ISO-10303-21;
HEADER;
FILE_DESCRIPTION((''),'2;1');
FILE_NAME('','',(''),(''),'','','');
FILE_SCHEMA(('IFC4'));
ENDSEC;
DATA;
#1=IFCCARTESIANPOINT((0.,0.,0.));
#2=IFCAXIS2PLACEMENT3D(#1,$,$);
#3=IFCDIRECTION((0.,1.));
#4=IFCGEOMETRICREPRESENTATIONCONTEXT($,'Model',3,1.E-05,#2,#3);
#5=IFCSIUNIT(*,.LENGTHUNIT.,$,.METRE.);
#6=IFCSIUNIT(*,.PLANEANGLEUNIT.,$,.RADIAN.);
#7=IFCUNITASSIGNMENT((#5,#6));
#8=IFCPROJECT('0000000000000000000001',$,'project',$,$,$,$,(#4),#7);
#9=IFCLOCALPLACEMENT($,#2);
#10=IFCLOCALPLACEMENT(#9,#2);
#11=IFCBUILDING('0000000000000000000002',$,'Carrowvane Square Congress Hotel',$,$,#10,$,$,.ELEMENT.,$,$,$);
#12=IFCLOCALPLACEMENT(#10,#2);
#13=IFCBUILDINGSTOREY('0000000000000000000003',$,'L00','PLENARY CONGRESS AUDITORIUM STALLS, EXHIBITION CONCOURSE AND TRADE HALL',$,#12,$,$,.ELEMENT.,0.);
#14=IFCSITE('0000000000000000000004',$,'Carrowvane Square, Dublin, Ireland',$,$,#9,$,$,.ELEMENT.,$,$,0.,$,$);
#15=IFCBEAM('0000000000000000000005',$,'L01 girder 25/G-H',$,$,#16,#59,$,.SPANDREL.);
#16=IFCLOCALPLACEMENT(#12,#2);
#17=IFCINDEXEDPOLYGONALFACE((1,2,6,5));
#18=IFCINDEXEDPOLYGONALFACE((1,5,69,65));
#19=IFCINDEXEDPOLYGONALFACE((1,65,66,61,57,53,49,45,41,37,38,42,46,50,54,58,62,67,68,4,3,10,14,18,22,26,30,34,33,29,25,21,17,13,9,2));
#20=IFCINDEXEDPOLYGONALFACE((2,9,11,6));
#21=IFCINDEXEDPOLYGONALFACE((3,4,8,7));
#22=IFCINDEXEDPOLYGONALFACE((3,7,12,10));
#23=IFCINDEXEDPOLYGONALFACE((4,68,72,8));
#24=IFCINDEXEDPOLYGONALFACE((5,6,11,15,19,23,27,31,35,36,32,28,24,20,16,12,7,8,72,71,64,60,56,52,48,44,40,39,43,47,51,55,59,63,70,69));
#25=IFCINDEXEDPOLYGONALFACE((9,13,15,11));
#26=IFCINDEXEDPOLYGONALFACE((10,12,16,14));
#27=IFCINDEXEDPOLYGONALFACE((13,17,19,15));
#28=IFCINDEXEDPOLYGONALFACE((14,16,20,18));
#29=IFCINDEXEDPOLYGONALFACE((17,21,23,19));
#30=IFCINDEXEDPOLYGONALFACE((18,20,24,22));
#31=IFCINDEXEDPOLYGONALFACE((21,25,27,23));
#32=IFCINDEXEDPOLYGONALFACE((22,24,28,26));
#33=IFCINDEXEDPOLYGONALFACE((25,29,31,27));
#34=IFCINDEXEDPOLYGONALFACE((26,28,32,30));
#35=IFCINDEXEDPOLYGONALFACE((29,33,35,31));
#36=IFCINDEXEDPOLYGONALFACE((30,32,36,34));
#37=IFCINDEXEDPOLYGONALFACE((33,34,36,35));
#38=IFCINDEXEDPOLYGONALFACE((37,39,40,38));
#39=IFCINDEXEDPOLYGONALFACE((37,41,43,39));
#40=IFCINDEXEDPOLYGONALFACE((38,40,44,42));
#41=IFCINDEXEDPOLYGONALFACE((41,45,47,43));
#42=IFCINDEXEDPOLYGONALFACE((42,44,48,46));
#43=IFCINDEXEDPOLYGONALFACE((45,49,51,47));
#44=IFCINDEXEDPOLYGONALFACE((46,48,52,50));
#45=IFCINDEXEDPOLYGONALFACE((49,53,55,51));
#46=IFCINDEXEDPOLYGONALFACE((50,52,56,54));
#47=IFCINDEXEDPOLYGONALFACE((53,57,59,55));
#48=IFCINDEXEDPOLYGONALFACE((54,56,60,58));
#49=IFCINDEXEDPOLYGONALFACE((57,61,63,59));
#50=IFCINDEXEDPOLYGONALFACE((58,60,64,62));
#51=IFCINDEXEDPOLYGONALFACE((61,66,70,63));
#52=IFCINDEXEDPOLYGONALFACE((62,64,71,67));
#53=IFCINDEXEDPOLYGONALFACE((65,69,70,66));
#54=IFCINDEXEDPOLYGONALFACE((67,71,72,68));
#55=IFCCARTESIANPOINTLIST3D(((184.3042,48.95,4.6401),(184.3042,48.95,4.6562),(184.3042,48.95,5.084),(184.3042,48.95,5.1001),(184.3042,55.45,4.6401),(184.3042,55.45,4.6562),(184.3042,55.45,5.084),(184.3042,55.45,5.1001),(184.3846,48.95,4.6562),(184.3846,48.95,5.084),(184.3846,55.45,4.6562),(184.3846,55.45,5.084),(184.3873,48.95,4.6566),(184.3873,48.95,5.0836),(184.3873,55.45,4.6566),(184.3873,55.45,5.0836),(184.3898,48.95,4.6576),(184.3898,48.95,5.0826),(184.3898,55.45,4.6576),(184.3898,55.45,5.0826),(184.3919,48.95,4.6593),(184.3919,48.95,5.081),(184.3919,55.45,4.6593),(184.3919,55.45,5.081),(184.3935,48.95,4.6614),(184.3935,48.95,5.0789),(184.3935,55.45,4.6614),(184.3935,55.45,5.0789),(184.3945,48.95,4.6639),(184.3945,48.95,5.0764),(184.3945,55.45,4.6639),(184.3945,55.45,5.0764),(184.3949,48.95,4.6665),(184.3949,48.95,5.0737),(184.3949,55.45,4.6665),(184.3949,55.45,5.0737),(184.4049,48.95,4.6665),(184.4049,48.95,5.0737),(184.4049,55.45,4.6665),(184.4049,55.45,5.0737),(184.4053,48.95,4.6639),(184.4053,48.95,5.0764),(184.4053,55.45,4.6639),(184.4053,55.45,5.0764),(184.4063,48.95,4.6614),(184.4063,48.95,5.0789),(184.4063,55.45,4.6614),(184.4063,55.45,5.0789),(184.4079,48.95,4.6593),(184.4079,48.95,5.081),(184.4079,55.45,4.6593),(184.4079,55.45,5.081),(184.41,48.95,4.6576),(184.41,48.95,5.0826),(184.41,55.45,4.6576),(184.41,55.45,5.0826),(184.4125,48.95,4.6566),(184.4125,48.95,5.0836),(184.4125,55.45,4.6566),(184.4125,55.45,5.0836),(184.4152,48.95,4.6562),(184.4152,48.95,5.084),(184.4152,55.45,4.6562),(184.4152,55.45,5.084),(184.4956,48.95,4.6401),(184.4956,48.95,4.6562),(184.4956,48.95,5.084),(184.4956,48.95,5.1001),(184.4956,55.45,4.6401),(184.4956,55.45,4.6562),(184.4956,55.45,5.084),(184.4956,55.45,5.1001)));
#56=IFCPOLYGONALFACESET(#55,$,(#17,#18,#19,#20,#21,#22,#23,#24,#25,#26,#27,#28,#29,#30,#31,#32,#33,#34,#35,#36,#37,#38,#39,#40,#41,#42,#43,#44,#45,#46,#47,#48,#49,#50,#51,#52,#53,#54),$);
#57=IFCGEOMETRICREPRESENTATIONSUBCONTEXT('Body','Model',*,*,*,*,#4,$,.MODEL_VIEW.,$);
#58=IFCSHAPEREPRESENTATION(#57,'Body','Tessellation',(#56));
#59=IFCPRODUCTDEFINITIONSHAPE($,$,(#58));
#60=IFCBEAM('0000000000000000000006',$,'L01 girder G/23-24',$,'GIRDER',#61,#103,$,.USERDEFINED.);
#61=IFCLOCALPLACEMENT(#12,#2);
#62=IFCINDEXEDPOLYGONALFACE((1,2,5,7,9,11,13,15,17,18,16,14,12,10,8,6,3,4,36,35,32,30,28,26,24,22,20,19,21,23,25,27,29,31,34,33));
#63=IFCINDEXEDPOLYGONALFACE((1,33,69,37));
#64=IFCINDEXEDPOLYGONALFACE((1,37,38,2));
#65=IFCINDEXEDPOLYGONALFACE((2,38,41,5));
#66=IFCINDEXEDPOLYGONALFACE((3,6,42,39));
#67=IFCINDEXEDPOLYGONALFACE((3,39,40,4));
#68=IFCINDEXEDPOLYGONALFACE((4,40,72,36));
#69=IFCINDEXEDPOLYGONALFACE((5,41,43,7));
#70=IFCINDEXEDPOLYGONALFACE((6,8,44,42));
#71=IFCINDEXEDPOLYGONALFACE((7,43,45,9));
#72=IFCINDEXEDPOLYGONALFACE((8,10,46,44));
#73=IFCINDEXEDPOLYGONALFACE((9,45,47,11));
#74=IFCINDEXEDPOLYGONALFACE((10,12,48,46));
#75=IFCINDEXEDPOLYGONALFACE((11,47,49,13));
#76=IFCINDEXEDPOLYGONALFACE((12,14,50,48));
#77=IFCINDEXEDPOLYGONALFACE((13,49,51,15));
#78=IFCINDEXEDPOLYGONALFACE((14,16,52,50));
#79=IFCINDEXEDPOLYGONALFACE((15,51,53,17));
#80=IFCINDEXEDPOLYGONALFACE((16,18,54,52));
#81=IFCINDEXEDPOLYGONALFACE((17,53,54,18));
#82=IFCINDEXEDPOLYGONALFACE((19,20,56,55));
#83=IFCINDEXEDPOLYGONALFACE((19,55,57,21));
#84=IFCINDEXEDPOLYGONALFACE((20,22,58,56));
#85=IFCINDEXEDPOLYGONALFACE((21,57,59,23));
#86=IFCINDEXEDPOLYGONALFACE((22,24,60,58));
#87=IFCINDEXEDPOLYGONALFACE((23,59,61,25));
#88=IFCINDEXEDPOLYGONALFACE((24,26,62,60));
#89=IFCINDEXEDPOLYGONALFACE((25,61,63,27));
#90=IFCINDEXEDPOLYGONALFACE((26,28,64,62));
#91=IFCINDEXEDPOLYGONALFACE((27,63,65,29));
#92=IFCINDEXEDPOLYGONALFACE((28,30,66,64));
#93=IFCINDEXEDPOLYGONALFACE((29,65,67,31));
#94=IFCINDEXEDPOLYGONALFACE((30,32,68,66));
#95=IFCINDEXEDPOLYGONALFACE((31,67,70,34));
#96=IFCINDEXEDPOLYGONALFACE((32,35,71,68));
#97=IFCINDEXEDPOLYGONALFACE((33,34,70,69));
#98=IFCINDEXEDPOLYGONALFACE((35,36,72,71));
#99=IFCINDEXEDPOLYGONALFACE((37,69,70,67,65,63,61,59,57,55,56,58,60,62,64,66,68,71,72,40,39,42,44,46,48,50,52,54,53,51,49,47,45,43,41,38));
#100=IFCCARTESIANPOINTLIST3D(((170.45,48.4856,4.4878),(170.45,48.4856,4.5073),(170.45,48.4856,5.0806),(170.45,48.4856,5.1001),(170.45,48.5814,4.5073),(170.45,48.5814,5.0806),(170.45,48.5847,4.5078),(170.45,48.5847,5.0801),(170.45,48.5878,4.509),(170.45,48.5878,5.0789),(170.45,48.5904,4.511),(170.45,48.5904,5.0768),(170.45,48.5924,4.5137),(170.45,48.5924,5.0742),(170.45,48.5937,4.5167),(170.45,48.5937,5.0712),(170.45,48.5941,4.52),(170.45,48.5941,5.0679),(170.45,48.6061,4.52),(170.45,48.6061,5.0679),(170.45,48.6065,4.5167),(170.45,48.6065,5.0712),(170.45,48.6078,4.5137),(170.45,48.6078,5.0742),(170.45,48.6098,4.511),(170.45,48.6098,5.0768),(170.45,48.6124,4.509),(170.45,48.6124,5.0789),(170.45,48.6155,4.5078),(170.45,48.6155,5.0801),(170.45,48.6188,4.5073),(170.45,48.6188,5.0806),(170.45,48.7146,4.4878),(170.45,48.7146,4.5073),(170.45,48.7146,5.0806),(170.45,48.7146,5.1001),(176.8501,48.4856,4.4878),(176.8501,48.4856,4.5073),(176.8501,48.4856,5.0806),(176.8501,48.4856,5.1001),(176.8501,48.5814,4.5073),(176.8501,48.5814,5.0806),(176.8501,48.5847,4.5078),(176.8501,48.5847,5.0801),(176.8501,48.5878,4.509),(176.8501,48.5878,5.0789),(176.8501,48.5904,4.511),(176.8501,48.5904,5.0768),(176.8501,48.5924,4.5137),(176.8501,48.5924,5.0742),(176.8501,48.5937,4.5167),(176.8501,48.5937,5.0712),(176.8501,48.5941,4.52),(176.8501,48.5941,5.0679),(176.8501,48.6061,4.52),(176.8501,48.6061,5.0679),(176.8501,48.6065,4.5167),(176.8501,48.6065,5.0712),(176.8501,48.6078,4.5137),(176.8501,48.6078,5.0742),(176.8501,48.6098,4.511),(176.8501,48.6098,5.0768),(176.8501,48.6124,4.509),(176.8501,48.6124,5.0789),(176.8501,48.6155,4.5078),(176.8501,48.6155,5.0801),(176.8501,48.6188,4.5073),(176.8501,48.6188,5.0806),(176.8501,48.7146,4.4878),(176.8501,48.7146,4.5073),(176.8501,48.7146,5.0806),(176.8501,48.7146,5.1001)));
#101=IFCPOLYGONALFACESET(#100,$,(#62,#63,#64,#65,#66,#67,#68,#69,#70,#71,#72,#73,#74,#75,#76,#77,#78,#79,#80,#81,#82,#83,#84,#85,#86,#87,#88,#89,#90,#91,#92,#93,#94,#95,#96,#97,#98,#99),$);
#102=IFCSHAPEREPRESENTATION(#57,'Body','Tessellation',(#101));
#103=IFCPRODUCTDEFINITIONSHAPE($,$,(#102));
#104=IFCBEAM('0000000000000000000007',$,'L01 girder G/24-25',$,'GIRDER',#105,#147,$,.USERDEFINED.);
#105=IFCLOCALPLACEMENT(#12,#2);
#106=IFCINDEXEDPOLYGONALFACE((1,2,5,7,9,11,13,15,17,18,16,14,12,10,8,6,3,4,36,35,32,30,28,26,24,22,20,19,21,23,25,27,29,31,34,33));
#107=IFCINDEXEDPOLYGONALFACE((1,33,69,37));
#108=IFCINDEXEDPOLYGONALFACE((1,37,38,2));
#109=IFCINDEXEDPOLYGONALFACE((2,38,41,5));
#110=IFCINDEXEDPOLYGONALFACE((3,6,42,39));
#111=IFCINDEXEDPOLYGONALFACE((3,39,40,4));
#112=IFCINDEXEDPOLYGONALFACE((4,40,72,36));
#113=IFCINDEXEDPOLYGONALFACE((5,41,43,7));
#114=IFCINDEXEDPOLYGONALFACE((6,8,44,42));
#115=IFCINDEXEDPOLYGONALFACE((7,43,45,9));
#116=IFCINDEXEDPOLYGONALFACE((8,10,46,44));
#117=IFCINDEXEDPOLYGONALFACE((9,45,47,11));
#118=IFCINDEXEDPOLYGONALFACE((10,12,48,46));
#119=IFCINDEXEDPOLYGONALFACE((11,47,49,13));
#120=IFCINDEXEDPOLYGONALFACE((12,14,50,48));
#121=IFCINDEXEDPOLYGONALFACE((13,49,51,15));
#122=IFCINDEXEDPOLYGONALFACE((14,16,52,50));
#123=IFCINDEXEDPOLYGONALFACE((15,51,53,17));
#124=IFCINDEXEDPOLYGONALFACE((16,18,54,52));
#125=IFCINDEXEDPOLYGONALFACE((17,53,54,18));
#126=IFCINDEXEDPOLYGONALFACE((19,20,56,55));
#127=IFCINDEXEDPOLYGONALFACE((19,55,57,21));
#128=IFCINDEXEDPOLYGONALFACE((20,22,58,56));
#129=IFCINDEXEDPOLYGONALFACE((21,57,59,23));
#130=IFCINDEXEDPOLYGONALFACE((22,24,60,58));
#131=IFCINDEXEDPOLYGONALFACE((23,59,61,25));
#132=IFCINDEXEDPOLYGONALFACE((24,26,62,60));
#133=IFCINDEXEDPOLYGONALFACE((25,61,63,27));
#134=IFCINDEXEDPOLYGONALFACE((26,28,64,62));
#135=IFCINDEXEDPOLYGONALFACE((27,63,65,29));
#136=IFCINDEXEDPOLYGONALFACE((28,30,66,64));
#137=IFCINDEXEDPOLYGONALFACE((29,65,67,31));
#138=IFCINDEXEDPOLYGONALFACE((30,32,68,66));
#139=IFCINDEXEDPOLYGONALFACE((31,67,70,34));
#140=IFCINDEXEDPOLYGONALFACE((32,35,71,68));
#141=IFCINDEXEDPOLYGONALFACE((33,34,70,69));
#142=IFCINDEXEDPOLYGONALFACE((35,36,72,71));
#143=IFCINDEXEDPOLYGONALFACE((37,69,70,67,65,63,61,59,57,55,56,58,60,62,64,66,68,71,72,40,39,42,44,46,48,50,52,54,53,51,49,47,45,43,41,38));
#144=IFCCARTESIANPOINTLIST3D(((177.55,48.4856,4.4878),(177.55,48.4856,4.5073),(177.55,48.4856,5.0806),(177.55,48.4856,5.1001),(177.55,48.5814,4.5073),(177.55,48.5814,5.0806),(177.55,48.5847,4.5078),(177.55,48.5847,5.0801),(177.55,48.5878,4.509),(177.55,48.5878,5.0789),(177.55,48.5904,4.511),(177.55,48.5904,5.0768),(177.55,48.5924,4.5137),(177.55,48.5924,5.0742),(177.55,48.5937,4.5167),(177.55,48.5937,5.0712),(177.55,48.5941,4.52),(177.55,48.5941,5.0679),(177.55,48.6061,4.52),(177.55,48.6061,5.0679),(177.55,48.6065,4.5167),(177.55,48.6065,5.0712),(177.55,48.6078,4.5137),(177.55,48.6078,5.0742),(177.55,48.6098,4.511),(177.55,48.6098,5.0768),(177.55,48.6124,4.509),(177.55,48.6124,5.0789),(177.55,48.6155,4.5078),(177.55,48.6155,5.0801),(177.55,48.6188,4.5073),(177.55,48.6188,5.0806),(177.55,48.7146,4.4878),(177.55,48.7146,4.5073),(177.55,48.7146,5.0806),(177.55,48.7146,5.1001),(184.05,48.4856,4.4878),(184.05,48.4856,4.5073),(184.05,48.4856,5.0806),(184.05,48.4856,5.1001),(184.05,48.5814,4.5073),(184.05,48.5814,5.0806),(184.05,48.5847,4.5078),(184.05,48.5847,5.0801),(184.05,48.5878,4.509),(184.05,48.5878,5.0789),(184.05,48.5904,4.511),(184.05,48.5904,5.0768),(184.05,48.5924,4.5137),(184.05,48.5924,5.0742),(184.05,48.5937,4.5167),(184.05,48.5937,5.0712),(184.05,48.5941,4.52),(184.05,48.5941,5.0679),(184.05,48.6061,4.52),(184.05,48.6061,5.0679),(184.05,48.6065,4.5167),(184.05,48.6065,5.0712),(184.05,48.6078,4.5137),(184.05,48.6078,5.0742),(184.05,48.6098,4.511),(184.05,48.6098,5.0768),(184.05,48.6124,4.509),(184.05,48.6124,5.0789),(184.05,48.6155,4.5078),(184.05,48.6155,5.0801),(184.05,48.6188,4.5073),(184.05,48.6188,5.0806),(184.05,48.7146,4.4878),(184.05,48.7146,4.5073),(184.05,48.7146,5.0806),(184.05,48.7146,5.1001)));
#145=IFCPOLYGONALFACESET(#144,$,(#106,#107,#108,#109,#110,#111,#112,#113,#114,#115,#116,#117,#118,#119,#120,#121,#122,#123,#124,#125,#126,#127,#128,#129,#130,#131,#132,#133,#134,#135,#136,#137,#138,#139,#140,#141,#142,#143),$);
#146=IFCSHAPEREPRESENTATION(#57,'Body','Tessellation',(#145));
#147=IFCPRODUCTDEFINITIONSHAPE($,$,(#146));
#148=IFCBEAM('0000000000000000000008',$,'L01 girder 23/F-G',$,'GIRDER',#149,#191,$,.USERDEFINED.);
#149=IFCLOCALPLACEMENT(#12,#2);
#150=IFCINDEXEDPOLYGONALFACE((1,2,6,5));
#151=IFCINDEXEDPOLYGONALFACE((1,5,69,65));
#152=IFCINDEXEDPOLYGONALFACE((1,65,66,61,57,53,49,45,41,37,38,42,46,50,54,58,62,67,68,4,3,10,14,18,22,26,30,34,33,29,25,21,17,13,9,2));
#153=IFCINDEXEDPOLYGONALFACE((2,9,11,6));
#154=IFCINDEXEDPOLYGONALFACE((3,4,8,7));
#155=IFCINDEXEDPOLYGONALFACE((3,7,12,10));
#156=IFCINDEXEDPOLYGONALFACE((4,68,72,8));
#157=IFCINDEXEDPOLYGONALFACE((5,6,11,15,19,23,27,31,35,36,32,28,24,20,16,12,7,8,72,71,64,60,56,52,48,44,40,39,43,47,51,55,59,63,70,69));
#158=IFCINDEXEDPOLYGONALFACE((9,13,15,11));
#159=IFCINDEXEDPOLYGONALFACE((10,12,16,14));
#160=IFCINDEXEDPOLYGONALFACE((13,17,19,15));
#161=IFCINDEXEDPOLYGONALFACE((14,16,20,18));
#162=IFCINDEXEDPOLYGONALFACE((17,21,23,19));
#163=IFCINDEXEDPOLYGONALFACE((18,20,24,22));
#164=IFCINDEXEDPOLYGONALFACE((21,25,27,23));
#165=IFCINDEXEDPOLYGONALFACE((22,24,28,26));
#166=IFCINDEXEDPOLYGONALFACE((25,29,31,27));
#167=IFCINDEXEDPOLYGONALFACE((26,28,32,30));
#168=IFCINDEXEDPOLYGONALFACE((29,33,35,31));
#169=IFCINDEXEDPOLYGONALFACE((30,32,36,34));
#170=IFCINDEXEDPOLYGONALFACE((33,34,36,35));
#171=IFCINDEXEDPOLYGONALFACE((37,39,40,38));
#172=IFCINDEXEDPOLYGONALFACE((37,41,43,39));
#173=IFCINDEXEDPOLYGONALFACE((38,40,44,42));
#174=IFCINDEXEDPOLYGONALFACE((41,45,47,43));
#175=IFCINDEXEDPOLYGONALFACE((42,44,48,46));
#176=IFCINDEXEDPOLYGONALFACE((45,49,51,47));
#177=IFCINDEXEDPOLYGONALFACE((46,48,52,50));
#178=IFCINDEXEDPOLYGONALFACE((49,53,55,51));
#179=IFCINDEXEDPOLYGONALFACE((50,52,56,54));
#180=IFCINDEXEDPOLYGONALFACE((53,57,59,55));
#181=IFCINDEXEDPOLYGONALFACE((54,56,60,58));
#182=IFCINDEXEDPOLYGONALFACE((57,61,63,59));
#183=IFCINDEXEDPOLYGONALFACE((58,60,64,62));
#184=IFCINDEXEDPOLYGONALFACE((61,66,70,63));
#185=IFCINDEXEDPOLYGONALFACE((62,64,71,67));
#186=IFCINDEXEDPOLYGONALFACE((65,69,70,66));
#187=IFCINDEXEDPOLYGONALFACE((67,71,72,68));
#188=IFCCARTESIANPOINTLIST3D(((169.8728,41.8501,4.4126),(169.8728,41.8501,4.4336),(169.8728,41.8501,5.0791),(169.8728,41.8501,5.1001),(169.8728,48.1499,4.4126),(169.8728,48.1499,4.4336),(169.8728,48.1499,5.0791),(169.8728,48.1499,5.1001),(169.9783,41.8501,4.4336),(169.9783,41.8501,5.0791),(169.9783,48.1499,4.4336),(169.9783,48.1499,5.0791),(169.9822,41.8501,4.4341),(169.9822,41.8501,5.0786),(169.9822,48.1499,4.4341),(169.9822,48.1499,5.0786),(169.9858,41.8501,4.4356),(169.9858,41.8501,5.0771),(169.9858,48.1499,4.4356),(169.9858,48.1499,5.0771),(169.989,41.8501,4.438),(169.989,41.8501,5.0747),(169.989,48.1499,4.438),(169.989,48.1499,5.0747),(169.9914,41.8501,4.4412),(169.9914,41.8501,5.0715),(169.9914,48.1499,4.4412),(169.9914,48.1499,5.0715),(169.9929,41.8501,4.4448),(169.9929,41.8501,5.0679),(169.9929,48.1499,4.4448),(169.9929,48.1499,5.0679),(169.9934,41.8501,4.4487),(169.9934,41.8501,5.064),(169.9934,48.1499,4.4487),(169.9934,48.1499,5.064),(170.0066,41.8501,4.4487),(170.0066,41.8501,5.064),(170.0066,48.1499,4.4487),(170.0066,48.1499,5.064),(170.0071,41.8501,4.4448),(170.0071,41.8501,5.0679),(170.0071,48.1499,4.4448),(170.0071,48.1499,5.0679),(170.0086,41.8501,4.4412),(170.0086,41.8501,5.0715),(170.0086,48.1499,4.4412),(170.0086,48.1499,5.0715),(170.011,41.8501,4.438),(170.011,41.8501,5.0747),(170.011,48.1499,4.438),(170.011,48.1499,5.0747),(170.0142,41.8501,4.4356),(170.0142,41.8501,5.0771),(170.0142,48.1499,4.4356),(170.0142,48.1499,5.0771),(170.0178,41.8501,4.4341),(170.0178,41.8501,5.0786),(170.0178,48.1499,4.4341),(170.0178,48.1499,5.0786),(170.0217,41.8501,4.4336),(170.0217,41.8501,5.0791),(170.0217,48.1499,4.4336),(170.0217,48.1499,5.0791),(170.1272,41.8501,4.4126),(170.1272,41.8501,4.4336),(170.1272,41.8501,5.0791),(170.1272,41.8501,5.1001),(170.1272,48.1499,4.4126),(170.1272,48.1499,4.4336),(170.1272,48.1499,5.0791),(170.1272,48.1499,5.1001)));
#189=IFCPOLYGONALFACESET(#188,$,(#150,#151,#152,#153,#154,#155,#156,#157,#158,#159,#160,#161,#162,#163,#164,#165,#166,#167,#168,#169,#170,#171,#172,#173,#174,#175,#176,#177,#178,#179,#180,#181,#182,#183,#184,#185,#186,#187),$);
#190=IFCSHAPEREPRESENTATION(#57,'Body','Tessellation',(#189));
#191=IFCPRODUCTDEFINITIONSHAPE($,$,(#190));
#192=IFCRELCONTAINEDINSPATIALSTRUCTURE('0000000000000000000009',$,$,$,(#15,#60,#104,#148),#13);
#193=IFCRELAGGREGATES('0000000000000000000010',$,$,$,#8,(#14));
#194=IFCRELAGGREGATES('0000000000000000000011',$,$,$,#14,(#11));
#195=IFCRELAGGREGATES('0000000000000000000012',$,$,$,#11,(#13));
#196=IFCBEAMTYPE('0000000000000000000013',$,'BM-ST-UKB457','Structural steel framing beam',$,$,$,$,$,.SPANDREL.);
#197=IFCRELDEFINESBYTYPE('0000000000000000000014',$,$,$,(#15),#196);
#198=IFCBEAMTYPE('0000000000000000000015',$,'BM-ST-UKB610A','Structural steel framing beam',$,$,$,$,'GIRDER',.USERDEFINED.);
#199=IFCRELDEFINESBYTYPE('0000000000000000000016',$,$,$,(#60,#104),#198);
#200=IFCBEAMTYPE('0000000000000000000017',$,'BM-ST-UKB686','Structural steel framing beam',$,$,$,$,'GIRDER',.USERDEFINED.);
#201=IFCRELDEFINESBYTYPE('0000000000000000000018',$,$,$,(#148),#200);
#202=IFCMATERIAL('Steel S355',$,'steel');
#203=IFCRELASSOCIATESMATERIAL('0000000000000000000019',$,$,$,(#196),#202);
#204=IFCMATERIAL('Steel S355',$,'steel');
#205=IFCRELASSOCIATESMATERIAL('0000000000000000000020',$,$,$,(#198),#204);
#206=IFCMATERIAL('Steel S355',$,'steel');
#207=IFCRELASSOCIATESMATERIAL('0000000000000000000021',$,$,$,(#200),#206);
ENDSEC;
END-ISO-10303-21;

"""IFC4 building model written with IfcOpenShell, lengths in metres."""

from ifc_helpers import new_model, si_unit, direction, frame, origin, origin_2d, place, context, subcontext, project, spatial, i_section, extrude, material, material_profile, profile_set, type_object, element, save


model = new_model("IFC4")

# Units and contexts
model_context = context("Model", 3, precision=1e-05, world=origin(), true_north=direction((0.0, 1.0)))
body_context = subcontext(model_context, "Body", "Model", "MODEL_VIEW")
ifc_project = project(units=[si_unit("LENGTHUNIT", "METRE"), si_unit("PLANEANGLEUNIT", "RADIAN")], contexts=[model_context])

# Site, building, storey
site_placement = place(None, origin())
site = spatial("IfcSite", under=ifc_project, at=site_placement, Name="Carrowvane Square, Dublin, Ireland", CompositionType="ELEMENT", RefElevation=0.0)
building_placement = place(site_placement, origin())
building = spatial("IfcBuilding", under=site, at=building_placement, Name="Carrowvane Square Congress Hotel", CompositionType="ELEMENT")
storey_placement = place(building_placement, origin())
storey = spatial("IfcBuildingStorey", under=building, at=storey_placement, Name="L00", Description="PLENARY CONGRESS AUDITORIUM STALLS, EXHIBITION CONCOURSE AND TRADE HALL", CompositionType="ELEMENT", Elevation=0.0)

# Beams
ifc_material_1 = material(Name="Steel S355", Category="steel")
ifc_material_profile_1 = material_profile(ifc_material_1, i_section(OverallWidth=0.1914, OverallDepth=0.46, WebThickness=0.01, FlangeThickness=0.0161, FilletRadius=0.0103, at=origin_2d()), Name="UKB 457x191x82")
ifc_profile_set_1 = profile_set([ifc_material_profile_1], Name="Steel S355")
beam_type_1 = type_object("IfcBeamType", Name="BM-ST-UKB457", Description="Structural steel framing beam", PredefinedType="SPANDREL", material=ifc_profile_set_1)
for number, where, z_axis, x_axis, name in (
    (1, (184.3999, 48.95, 4.8701), (0.0, 1.0, 0.0), (-1.0, 0.0, 0.0), "L01 girder 25/G-H"),
):
    element("IfcBeam", number, at=place(storey_placement, frame(where, z_axis=z_axis, x_axis=x_axis)), inside=storey, type_object=beam_type_1, Name=name, PredefinedType="SPANDREL", context=body_context, shape_type="SweptSolid", body=[
        extrude(i_section(OverallWidth=0.1914, OverallDepth=0.46, WebThickness=0.01, FlangeThickness=0.0161, FilletRadius=0.0103, at=origin_2d()), origin(), (0.0, 0.0, 1.0), 6.5),
    ])
ifc_material_2 = material(Name="Steel S355", Category="steel")
ifc_material_profile_2 = material_profile(ifc_material_2, i_section(OverallWidth=0.229, OverallDepth=0.6123, WebThickness=0.012, FlangeThickness=0.0195, FilletRadius=0.0127, at=origin_2d()), Name="UKB 610x229x125")
ifc_profile_set_2 = profile_set([ifc_material_profile_2], Name="Steel S355")
beam_type_2 = type_object("IfcBeamType", Name="BM-ST-UKB610A", Description="Structural steel framing beam", ElementType="GIRDER", PredefinedType="USERDEFINED", material=ifc_profile_set_2)
beam_1_placement = place(storey_placement, frame((170.45, 48.6001, 4.7939), z_axis=(1.0, 0.0, 0.0), x_axis=(0.0, 1.0, 0.0)))
element("IfcBeam", 2, at=beam_1_placement, inside=storey, type_object=beam_type_2, Name="L01 girder G/23-24", ObjectType="GIRDER", PredefinedType="USERDEFINED", context=body_context, shape_type="SweptSolid", body=[
    extrude(i_section(OverallWidth=0.229, OverallDepth=0.6123, WebThickness=0.012, FlangeThickness=0.0195, FilletRadius=0.0127, at=origin_2d()), origin(), (0.0, 0.0, 1.0), 6.4001),
])
beam_2_placement = place(storey_placement, frame((177.55, 48.6001, 4.7939), z_axis=(1.0, 0.0, 0.0), x_axis=(0.0, 1.0, 0.0)))
element("IfcBeam", 3, at=beam_2_placement, inside=storey, type_object=beam_type_2, Name="L01 girder G/24-25", ObjectType="GIRDER", PredefinedType="USERDEFINED", context=body_context, shape_type="SweptSolid", body=[
    extrude(i_section(OverallWidth=0.229, OverallDepth=0.6123, WebThickness=0.012, FlangeThickness=0.0195, FilletRadius=0.0127, at=origin_2d()), origin(), (0.0, 0.0, 1.0), 6.5),
])
ifc_material_3 = material(Name="Steel S355", Category="steel")
ifc_material_profile_3 = material_profile(ifc_material_3, i_section(OverallWidth=0.2544, OverallDepth=0.6875, WebThickness=0.0132, FlangeThickness=0.021, FilletRadius=0.0151, at=origin_2d()), Name="UKB 686x254x152")
ifc_profile_set_3 = profile_set([ifc_material_profile_3], Name="Steel S355")
beam_type_3 = type_object("IfcBeamType", Name="BM-ST-UKB686", Description="Structural steel framing beam", ElementType="GIRDER", PredefinedType="USERDEFINED", material=ifc_profile_set_3)
beam_3_placement = place(storey_placement, frame((170.0, 41.8501, 4.7563), z_axis=(0.0, 1.0, 0.0), x_axis=(-1.0, 0.0, 0.0)))
element("IfcBeam", 4, at=beam_3_placement, inside=storey, type_object=beam_type_3, Name="L01 girder 23/F-G", ObjectType="GIRDER", PredefinedType="USERDEFINED", context=body_context, shape_type="SweptSolid", body=[
    extrude(i_section(OverallWidth=0.2544, OverallDepth=0.6875, WebThickness=0.0132, FlangeThickness=0.021, FilletRadius=0.0151, at=origin_2d()), origin(), (0.0, 0.0, 1.0), 6.2998),
])

save(model, "model.ifc")
